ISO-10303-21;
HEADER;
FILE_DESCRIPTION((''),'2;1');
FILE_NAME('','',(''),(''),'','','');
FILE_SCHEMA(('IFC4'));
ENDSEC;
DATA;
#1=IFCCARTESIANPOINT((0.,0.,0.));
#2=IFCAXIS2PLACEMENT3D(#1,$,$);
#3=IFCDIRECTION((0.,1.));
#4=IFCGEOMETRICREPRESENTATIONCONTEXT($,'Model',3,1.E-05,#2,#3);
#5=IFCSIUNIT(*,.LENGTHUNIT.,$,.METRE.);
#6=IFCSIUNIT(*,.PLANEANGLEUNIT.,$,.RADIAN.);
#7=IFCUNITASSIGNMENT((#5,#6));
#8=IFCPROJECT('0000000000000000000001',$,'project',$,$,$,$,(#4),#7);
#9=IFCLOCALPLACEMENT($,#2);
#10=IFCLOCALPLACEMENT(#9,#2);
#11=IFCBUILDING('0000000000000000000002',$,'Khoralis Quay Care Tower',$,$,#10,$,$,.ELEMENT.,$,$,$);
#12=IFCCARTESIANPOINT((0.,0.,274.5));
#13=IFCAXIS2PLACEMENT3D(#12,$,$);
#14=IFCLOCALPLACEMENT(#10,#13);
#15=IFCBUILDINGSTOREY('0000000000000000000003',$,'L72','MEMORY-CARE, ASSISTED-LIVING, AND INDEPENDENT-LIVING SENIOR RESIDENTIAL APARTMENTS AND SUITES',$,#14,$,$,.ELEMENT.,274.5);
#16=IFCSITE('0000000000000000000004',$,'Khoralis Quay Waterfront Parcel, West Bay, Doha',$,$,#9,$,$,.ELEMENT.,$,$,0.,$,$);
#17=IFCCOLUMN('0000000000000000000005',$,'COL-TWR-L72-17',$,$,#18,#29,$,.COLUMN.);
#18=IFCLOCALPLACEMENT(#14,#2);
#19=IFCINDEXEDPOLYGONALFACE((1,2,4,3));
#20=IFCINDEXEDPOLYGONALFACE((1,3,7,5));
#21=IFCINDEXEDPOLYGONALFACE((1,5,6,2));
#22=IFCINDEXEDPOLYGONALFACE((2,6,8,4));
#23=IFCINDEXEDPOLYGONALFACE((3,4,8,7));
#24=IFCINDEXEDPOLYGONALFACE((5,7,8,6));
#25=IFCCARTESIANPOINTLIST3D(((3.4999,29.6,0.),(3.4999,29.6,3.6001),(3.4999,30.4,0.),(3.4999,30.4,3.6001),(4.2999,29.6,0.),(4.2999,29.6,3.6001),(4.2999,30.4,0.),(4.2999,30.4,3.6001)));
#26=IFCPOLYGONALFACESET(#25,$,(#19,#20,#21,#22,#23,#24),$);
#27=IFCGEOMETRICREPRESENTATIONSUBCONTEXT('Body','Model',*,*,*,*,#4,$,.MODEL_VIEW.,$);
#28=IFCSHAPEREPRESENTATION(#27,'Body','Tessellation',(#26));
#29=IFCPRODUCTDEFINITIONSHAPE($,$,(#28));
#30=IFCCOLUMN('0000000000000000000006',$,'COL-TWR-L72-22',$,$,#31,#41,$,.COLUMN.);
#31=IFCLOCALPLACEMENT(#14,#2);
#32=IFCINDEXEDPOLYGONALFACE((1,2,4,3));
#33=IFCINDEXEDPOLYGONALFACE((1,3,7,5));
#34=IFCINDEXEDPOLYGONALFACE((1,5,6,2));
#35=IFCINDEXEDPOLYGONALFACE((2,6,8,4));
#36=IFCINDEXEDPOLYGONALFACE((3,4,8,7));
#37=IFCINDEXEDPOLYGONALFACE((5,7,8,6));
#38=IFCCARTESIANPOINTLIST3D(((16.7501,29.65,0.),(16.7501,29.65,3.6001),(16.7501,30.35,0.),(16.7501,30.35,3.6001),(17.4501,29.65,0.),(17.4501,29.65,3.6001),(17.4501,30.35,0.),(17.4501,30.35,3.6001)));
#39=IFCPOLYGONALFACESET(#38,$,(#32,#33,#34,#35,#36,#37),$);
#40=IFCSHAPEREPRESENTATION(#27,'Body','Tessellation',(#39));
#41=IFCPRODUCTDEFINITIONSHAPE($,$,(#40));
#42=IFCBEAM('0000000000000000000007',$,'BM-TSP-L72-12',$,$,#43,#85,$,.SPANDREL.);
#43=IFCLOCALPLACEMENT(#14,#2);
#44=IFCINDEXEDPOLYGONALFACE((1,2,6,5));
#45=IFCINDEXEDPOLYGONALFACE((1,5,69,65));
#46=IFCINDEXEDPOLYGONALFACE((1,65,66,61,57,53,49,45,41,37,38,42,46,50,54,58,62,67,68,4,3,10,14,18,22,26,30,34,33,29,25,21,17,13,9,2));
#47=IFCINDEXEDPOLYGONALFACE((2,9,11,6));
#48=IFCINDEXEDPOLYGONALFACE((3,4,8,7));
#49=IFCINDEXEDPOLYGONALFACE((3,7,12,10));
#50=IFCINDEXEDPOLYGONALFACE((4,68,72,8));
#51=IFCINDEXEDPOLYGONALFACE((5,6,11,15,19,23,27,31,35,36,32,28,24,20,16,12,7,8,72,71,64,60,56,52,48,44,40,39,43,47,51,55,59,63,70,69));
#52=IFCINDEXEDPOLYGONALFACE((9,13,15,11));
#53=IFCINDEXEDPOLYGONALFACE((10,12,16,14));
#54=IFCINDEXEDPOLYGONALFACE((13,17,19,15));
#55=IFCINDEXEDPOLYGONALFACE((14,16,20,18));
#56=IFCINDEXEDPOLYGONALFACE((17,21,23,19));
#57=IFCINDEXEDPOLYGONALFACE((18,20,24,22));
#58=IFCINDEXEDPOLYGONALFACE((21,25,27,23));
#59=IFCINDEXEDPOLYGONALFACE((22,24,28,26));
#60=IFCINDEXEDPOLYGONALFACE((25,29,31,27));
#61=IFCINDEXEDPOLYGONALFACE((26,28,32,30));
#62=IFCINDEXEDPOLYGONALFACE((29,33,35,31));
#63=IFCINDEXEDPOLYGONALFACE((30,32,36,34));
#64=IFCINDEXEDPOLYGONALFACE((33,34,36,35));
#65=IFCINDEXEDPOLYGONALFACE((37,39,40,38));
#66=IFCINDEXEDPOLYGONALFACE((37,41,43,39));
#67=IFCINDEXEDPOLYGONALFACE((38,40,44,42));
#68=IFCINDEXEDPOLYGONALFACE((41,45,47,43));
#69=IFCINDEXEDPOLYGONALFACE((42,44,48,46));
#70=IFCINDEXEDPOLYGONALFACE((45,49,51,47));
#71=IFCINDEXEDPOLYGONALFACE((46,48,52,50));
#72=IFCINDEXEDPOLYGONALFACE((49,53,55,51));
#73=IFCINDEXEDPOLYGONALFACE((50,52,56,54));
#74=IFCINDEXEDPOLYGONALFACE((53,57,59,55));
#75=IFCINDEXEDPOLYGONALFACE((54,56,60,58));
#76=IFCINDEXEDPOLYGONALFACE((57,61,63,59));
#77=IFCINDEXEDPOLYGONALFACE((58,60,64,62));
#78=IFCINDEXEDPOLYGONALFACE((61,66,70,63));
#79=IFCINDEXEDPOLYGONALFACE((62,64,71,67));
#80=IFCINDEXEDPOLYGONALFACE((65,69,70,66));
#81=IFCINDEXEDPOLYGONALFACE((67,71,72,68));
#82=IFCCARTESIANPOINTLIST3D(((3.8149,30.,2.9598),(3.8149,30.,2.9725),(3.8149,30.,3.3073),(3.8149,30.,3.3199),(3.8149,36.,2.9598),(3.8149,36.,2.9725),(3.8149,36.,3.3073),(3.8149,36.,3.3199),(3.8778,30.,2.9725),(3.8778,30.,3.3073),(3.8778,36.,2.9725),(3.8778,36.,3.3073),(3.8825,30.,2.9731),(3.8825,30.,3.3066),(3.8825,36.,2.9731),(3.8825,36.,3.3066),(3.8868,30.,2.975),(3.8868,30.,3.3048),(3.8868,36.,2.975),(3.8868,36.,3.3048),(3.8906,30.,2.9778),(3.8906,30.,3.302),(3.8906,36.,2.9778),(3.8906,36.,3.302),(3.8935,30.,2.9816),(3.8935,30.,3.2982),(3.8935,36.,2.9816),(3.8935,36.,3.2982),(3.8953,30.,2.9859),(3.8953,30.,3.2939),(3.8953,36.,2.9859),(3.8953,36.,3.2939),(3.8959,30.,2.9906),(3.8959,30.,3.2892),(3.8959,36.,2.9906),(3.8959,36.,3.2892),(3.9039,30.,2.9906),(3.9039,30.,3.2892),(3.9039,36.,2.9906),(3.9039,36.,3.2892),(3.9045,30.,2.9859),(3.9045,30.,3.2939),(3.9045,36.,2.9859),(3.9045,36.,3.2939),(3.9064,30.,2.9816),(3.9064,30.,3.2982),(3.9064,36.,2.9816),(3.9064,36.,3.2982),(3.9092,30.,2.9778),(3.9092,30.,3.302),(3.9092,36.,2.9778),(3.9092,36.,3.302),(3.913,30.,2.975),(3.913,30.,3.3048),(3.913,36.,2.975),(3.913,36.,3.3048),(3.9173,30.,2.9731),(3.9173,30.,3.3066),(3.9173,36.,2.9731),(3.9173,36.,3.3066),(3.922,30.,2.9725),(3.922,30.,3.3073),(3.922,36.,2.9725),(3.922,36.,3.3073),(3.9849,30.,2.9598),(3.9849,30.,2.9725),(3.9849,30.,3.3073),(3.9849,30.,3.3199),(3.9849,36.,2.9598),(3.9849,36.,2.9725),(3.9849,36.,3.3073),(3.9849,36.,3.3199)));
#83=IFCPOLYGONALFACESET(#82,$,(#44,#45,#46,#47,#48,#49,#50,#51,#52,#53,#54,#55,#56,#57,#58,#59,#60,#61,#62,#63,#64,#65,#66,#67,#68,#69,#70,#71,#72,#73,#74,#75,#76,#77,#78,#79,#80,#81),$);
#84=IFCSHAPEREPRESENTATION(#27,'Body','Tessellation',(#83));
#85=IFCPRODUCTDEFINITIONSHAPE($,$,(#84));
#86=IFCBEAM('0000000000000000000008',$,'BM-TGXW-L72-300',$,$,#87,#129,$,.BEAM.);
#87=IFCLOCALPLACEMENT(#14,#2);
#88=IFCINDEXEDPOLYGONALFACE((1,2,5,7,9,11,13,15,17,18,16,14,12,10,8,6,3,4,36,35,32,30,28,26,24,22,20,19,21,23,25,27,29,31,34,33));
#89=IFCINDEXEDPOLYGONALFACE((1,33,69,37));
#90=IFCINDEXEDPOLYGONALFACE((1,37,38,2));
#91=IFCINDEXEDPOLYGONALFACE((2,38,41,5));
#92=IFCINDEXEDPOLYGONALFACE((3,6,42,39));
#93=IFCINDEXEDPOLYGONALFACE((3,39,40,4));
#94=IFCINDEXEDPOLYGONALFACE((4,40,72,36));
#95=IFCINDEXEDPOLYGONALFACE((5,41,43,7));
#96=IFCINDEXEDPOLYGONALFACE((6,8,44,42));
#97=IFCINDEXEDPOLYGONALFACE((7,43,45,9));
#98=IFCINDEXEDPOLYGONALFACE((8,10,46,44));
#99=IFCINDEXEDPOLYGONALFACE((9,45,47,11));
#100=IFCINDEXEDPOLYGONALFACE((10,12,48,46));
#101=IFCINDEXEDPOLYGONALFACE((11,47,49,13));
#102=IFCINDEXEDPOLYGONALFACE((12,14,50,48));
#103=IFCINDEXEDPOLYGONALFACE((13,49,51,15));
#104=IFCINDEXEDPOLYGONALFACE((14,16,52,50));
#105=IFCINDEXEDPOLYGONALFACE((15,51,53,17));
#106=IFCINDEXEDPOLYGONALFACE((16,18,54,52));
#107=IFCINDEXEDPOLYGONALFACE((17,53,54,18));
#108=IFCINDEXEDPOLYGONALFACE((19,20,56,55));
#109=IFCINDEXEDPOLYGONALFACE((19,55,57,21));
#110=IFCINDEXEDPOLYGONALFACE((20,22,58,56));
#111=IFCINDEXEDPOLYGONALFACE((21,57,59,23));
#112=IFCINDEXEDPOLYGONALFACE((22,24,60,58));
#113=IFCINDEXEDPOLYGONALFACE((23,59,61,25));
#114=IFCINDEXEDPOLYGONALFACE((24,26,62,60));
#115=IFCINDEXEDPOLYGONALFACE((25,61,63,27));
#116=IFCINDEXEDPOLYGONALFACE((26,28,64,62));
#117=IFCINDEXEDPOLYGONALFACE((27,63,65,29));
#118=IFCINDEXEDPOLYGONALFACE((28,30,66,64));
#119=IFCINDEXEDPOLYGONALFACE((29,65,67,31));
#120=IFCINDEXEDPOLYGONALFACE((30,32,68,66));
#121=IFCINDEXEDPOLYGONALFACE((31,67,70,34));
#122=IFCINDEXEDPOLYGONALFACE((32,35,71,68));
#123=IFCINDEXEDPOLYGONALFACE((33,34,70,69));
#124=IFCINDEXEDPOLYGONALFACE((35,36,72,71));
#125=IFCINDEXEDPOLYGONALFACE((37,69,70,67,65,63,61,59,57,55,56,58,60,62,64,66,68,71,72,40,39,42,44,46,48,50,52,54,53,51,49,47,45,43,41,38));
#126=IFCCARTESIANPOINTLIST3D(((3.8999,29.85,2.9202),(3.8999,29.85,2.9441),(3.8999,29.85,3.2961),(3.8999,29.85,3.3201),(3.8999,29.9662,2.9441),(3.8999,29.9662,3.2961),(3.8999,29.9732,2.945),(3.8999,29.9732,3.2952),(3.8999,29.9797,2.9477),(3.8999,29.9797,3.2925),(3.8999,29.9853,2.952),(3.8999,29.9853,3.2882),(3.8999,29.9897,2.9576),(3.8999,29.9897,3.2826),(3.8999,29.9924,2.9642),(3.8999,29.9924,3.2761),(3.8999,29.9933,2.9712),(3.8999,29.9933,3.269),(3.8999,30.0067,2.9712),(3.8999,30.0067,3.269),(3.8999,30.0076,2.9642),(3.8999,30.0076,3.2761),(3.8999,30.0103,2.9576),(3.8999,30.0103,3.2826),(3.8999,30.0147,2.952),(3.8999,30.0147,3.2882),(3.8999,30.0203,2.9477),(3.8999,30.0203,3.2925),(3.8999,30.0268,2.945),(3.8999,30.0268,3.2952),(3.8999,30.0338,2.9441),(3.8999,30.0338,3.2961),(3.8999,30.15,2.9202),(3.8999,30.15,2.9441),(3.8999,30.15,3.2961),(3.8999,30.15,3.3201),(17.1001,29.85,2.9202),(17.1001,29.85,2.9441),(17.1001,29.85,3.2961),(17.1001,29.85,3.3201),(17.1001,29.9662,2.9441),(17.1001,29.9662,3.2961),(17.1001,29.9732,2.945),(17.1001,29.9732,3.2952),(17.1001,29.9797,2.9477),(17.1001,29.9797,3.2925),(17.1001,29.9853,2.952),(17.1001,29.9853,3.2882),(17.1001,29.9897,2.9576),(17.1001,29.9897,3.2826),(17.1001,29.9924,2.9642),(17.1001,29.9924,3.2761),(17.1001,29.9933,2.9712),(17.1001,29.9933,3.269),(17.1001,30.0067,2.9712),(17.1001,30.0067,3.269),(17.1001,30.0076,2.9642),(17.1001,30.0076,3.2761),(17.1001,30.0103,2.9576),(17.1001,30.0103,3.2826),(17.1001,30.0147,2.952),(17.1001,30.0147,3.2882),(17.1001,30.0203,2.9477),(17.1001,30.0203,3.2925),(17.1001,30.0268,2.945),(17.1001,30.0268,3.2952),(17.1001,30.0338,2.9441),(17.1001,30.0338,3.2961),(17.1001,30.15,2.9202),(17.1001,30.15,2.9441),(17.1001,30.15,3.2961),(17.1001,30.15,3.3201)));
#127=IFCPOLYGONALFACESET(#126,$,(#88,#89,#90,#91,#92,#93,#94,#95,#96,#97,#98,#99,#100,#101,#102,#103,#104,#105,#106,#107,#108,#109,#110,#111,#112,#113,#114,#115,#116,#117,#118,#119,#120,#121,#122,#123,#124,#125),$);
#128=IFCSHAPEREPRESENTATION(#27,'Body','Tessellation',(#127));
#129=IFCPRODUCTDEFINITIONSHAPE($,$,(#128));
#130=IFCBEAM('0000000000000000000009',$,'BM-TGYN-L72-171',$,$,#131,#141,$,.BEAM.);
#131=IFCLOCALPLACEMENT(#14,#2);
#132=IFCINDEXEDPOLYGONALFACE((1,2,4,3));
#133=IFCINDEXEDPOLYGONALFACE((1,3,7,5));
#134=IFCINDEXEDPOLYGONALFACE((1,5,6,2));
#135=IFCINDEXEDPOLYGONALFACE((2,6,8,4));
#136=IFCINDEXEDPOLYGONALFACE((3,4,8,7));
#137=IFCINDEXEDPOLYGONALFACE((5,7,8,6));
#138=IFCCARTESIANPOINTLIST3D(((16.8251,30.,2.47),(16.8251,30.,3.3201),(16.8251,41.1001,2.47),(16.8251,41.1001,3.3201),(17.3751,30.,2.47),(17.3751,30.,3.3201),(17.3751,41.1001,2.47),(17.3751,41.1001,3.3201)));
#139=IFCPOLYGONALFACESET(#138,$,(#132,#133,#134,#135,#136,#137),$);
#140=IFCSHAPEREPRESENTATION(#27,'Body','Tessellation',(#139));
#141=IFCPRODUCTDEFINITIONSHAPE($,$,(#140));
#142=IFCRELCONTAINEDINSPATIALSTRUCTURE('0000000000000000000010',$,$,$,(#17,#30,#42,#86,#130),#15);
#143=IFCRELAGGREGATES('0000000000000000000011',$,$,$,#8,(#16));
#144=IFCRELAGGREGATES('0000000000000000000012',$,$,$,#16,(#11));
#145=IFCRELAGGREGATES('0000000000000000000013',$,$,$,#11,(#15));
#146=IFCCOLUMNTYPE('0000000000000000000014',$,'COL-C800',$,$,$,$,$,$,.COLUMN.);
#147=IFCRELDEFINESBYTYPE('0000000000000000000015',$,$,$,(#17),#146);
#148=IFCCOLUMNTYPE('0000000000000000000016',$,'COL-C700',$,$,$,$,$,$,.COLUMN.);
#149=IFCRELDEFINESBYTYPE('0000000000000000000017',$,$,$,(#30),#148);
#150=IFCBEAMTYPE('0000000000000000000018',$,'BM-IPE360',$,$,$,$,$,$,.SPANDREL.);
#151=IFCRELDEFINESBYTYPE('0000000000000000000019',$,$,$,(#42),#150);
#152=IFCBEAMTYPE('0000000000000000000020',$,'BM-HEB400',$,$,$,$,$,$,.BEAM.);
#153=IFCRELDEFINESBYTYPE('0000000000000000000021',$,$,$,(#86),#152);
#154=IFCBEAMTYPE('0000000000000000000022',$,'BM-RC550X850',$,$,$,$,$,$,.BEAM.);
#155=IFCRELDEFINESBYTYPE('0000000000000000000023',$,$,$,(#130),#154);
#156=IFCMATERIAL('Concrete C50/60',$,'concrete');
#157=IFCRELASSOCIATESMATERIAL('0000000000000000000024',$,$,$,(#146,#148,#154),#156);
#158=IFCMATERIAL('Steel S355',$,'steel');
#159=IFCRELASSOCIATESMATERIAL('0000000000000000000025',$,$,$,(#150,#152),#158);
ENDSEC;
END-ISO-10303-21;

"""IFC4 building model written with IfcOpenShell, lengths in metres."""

from ifc_helpers import new_model, si_unit, direction, frame, origin, origin_2d, place, context, subcontext, project, spatial, rectangle, i_section, extrude, source, transform, mapped, material, material_profile, profile_set, type_object, element, save


model = new_model("IFC4")

# Units and contexts
model_context = context("Model", 3, precision=1e-05, world=origin(), true_north=direction((0.0, 1.0)))
body_context = subcontext(model_context, "Body", "Model", "MODEL_VIEW")
ifc_project = project(units=[si_unit("LENGTHUNIT", "METRE"), si_unit("PLANEANGLEUNIT", "RADIAN")], contexts=[model_context])

# Site, building, storey
site_placement = place(None, origin())
site = spatial("IfcSite", under=ifc_project, at=site_placement, Name="Khoralis Quay Waterfront Parcel, West Bay, Doha", CompositionType="ELEMENT", RefElevation=0.0)
building_placement = place(site_placement, origin())
building = spatial("IfcBuilding", under=site, at=building_placement, Name="Khoralis Quay Care Tower", CompositionType="ELEMENT")
storey_placement = place(building_placement, frame((0.0, 0.0, 274.5)))
storey = spatial("IfcBuildingStorey", under=building, at=storey_placement, Name="L72", Description="MEMORY-CARE, ASSISTED-LIVING, AND INDEPENDENT-LIVING SENIOR RESIDENTIAL APARTMENTS AND SUITES", CompositionType="ELEMENT", Elevation=274.5)

# Columns
ifc_material_1 = material(Name="Concrete C50/60", Category="concrete")
ifc_material_profile_1 = material_profile(ifc_material_1, rectangle(XDim=0.8, YDim=0.8, at=origin_2d()), Name="Concrete C50/60")
ifc_profile_set_1 = profile_set([ifc_material_profile_1], Name="Concrete C50/60")
column_type_1 = type_object("IfcColumnType", Name="COL-C800", PredefinedType="COLUMN", material=ifc_profile_set_1)
shared_shape_1 = source(origin(), body_context, "Body", "SweptSolid", [
    extrude(rectangle(XDim=0.8, YDim=0.8, at=origin_2d()), origin(), (0.0, 0.0, 1.0), 3.6001),
])
column_1_placement = place(storey_placement, frame((3.8999, 30.0, 0.0), z_axis=(0.0, 0.0, 1.0), x_axis=(1.0, 0.0, 0.0)))
element("IfcColumn", 1, at=column_1_placement, inside=storey, type_object=column_type_1, Name="COL-TWR-L72-17", PredefinedType="COLUMN", context=body_context, shape_type="MappedRepresentation", body=[
    mapped(shared_shape_1, transform((0.0, 0.0, 0.0), scale=1.0)),
])
ifc_material_profile_2 = material_profile(ifc_material_1, rectangle(XDim=0.7, YDim=0.7, at=origin_2d()), Name="Concrete C50/60")
ifc_profile_set_2 = profile_set([ifc_material_profile_2], Name="Concrete C50/60")
column_type_2 = type_object("IfcColumnType", Name="COL-C700", PredefinedType="COLUMN", material=ifc_profile_set_2)
shared_shape_2 = source(origin(), body_context, "Body", "SweptSolid", [
    extrude(rectangle(XDim=0.7, YDim=0.7, at=origin_2d()), origin(), (0.0, 0.0, 1.0), 3.6001),
])
column_2_placement = place(storey_placement, frame((17.1001, 30.0, 0.0), z_axis=(0.0, 0.0, 1.0), x_axis=(1.0, 0.0, 0.0)))
element("IfcColumn", 2, at=column_2_placement, inside=storey, type_object=column_type_2, Name="COL-TWR-L72-22", PredefinedType="COLUMN", context=body_context, shape_type="MappedRepresentation", body=[
    mapped(shared_shape_2, transform((0.0, 0.0, 0.0), scale=1.0)),
])

# Beams
ifc_material_2 = material(Name="Steel S355", Category="steel")
ifc_material_profile_3 = material_profile(ifc_material_2, i_section(OverallWidth=0.1699, OverallDepth=0.3601, WebThickness=0.0081, FlangeThickness=0.0127, FilletRadius=0.0181, at=origin_2d()), Name="Steel S355")
ifc_profile_set_3 = profile_set([ifc_material_profile_3], Name="Steel S355")
beam_type_1 = type_object("IfcBeamType", Name="BM-IPE360", PredefinedType="SPANDREL", material=ifc_profile_set_3)
shared_shape_3 = source(origin(), body_context, "Body", "SweptSolid", [
    extrude(i_section(OverallWidth=0.1699, OverallDepth=0.3601, WebThickness=0.0081, FlangeThickness=0.0127, FilletRadius=0.0181, at=origin_2d()), origin(), (0.0, 0.0, 1.0), 6.0),
])
beam_1_placement = place(storey_placement, frame((3.8999, 30.0, 3.1399), z_axis=(0.0, 1.0, 0.0), x_axis=(-1.0, 0.0, 0.0)))
element("IfcBeam", 3, at=beam_1_placement, inside=storey, type_object=beam_type_1, Name="BM-TSP-L72-12", PredefinedType="SPANDREL", context=body_context, shape_type="MappedRepresentation", body=[
    mapped(shared_shape_3, transform((0.0, 0.0, 0.0), scale=1.0)),
])
ifc_material_profile_4 = material_profile(ifc_material_2, i_section(OverallWidth=0.3, OverallDepth=0.3999, WebThickness=0.0134, FlangeThickness=0.0239, FilletRadius=0.0271, at=origin_2d()), Name="Steel S355")
ifc_profile_set_4 = profile_set([ifc_material_profile_4], Name="Steel S355")
beam_type_2 = type_object("IfcBeamType", Name="BM-HEB400", PredefinedType="BEAM", material=ifc_profile_set_4)
shared_shape_4 = source(origin(), body_context, "Body", "SweptSolid", [
    extrude(i_section(OverallWidth=0.3, OverallDepth=0.3999, WebThickness=0.0134, FlangeThickness=0.0239, FilletRadius=0.0271, at=origin_2d()), origin(), (0.0, 0.0, 1.0), 13.2002),
])
beam_2_placement = place(storey_placement, frame((3.8999, 30.0, 3.1201), z_axis=(1.0, 0.0, 0.0), x_axis=(0.0, 1.0, 0.0)))
element("IfcBeam", 4, at=beam_2_placement, inside=storey, type_object=beam_type_2, Name="BM-TGXW-L72-300", PredefinedType="BEAM", context=body_context, shape_type="MappedRepresentation", body=[
    mapped(shared_shape_4, transform((0.0, 0.0, 0.0), scale=1.0)),
])
ifc_material_profile_5 = material_profile(ifc_material_1, rectangle(XDim=0.55, YDim=0.8501, at=origin_2d()), Name="Concrete C50/60")
ifc_profile_set_5 = profile_set([ifc_material_profile_5], Name="Concrete C50/60")
beam_type_3 = type_object("IfcBeamType", Name="BM-RC550X850", PredefinedType="BEAM", material=ifc_profile_set_5)
shared_shape_5 = source(origin(), body_context, "Body", "SweptSolid", [
    extrude(rectangle(XDim=0.55, YDim=0.8501, at=origin_2d()), origin(), (0.0, 0.0, 1.0), 11.1001),
])
beam_3_placement = place(storey_placement, frame((17.1001, 30.0, 2.895), z_axis=(0.0, 1.0, 0.0), x_axis=(-1.0, 0.0, 0.0)))
element("IfcBeam", 5, at=beam_3_placement, inside=storey, type_object=beam_type_3, Name="BM-TGYN-L72-171", PredefinedType="BEAM", context=body_context, shape_type="MappedRepresentation", body=[
    mapped(shared_shape_5, transform((0.0, 0.0, 0.0), scale=1.0)),
])

save(model, "model.ifc")
